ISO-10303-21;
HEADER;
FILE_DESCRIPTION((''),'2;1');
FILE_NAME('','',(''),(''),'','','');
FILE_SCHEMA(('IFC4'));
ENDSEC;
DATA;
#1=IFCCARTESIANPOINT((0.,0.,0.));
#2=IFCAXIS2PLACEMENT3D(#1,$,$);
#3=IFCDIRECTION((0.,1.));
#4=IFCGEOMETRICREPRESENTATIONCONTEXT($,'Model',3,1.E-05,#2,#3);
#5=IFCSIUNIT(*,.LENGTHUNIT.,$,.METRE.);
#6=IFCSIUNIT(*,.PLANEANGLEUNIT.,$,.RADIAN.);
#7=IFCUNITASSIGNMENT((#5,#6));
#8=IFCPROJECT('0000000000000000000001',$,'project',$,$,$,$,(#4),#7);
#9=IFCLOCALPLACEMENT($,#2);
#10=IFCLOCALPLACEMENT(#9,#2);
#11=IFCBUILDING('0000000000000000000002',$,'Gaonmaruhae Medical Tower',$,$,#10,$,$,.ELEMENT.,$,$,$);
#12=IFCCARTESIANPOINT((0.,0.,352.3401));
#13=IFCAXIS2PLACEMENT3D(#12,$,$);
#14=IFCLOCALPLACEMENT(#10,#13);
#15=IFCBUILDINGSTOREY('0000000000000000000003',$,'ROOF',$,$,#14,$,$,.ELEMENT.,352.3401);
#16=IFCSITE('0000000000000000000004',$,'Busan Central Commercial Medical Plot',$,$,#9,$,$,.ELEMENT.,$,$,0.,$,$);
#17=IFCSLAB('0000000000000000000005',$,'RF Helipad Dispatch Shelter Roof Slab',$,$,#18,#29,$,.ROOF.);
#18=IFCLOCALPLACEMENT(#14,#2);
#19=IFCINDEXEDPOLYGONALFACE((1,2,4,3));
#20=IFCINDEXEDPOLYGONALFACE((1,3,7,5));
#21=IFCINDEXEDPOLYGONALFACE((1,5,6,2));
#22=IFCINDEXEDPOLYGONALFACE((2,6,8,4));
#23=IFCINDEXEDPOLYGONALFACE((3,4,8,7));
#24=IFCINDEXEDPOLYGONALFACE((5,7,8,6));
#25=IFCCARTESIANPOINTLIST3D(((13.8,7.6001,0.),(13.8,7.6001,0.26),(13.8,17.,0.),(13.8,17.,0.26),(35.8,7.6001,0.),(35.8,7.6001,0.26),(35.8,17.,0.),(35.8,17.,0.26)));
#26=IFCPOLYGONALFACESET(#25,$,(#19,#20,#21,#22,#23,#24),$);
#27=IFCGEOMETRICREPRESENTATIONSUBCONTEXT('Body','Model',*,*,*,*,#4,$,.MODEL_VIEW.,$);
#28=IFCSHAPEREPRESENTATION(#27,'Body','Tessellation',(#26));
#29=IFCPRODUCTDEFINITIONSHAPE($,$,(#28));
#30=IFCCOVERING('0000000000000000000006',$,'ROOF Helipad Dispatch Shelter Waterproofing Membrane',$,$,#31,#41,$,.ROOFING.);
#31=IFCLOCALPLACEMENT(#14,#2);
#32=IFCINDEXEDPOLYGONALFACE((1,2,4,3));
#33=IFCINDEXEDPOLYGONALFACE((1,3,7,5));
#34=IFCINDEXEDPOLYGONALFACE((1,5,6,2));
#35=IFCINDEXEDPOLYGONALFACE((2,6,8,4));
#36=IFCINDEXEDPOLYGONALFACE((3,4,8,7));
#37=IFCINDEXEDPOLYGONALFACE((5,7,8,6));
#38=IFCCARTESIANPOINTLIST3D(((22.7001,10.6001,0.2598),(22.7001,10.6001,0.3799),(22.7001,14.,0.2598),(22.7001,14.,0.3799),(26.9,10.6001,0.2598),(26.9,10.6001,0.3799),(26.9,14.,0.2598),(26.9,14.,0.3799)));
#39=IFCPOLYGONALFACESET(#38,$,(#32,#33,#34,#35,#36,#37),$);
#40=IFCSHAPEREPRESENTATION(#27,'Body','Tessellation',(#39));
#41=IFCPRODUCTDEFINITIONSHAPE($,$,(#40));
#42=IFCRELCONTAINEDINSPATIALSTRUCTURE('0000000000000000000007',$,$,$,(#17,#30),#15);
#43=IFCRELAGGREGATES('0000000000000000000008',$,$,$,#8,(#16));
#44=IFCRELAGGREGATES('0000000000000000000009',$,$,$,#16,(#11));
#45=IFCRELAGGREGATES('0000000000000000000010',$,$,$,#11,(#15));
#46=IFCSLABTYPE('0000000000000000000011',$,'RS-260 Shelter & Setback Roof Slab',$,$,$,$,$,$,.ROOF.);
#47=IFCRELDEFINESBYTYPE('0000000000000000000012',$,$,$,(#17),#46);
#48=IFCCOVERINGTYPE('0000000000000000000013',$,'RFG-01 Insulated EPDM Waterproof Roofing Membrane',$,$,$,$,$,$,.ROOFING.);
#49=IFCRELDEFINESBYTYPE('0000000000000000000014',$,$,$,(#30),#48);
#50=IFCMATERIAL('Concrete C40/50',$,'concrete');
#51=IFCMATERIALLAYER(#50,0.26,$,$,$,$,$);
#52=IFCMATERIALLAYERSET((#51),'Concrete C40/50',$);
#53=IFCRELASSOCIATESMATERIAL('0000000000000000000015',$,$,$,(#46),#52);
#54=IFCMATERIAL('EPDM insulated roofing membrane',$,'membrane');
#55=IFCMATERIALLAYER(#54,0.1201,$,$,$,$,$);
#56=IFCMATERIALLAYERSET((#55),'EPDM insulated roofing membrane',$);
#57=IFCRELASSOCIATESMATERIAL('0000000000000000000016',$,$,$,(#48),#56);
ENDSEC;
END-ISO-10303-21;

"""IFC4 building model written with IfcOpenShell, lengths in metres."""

from ifc_helpers import new_model, si_unit, direction, frame, origin, origin_2d, place, context, subcontext, project, spatial, polyline, rectangle, outline, extrude, material, layer, layer_set, type_object, element, save


model = new_model("IFC4")

# Units and contexts
model_context = context("Model", 3, precision=1e-05, world=origin(), true_north=direction((0.0, 1.0)))
body_context = subcontext(model_context, "Body", "Model", "MODEL_VIEW")
ifc_project = project(units=[si_unit("LENGTHUNIT", "METRE"), si_unit("PLANEANGLEUNIT", "RADIAN")], contexts=[model_context])

# Site, building, storey
site_placement = place(None, origin())
site = spatial("IfcSite", under=ifc_project, at=site_placement, Name="Busan Central Commercial Medical Plot", CompositionType="ELEMENT", RefElevation=0.0)
building_placement = place(site_placement, origin())
building = spatial("IfcBuilding", under=site, at=building_placement, Name="Gaonmaruhae Medical Tower", CompositionType="ELEMENT")
storey_placement = place(building_placement, frame((0.0, 0.0, 352.3401)))
storey = spatial("IfcBuildingStorey", under=building, at=storey_placement, Name="ROOF", CompositionType="ELEMENT", Elevation=352.3401)

# Slab
ifc_material_1 = material(Name="Concrete C40/50", Category="concrete")
ifc_layer_1 = layer(ifc_material_1, 0.26)
ifc_layer_set_1 = layer_set([ifc_layer_1], Name="Concrete C40/50")
slab_type = type_object("IfcSlabType", Name="RS-260 Shelter & Setback Roof Slab", PredefinedType="ROOF", material=ifc_layer_set_1)
slab_placement = place(storey_placement, origin())
element("IfcSlab", 1, at=slab_placement, inside=storey, type_object=slab_type, Name="RF Helipad Dispatch Shelter Roof Slab", PredefinedType="ROOF", context=body_context, shape_type="SweptSolid", body=[
    extrude(outline(polyline([(13.8, 7.6001), (35.8, 7.6001), (35.8, 17.0), (13.8, 17.0), (13.8, 7.6001)])), origin(), (0.0, 0.0, 1.0), 0.26),
])

# Covering
ifc_material_2 = material(Name="EPDM insulated roofing membrane", Category="membrane")
ifc_layer_2 = layer(ifc_material_2, 0.1201)
ifc_layer_set_2 = layer_set([ifc_layer_2], Name="EPDM insulated roofing membrane")
covering_type = type_object("IfcCoveringType", Name="RFG-01 Insulated EPDM Waterproof Roofing Membrane", PredefinedType="ROOFING", material=ifc_layer_set_2)
covering_placement = place(storey_placement, frame((24.8, 12.3, 0.2598), z_axis=(0.0, 0.0, 1.0), x_axis=(1.0, 0.0, 0.0)))
element("IfcCovering", 2, at=covering_placement, inside=storey, type_object=covering_type, Name="ROOF Helipad Dispatch Shelter Waterproofing Membrane", PredefinedType="ROOFING", context=body_context, shape_type="SweptSolid", body=[
    extrude(rectangle(XDim=4.2, YDim=3.3999, at=origin_2d()), origin(), (0.0, 0.0, 1.0), 0.1201),
])

save(model, "model.ifc")
